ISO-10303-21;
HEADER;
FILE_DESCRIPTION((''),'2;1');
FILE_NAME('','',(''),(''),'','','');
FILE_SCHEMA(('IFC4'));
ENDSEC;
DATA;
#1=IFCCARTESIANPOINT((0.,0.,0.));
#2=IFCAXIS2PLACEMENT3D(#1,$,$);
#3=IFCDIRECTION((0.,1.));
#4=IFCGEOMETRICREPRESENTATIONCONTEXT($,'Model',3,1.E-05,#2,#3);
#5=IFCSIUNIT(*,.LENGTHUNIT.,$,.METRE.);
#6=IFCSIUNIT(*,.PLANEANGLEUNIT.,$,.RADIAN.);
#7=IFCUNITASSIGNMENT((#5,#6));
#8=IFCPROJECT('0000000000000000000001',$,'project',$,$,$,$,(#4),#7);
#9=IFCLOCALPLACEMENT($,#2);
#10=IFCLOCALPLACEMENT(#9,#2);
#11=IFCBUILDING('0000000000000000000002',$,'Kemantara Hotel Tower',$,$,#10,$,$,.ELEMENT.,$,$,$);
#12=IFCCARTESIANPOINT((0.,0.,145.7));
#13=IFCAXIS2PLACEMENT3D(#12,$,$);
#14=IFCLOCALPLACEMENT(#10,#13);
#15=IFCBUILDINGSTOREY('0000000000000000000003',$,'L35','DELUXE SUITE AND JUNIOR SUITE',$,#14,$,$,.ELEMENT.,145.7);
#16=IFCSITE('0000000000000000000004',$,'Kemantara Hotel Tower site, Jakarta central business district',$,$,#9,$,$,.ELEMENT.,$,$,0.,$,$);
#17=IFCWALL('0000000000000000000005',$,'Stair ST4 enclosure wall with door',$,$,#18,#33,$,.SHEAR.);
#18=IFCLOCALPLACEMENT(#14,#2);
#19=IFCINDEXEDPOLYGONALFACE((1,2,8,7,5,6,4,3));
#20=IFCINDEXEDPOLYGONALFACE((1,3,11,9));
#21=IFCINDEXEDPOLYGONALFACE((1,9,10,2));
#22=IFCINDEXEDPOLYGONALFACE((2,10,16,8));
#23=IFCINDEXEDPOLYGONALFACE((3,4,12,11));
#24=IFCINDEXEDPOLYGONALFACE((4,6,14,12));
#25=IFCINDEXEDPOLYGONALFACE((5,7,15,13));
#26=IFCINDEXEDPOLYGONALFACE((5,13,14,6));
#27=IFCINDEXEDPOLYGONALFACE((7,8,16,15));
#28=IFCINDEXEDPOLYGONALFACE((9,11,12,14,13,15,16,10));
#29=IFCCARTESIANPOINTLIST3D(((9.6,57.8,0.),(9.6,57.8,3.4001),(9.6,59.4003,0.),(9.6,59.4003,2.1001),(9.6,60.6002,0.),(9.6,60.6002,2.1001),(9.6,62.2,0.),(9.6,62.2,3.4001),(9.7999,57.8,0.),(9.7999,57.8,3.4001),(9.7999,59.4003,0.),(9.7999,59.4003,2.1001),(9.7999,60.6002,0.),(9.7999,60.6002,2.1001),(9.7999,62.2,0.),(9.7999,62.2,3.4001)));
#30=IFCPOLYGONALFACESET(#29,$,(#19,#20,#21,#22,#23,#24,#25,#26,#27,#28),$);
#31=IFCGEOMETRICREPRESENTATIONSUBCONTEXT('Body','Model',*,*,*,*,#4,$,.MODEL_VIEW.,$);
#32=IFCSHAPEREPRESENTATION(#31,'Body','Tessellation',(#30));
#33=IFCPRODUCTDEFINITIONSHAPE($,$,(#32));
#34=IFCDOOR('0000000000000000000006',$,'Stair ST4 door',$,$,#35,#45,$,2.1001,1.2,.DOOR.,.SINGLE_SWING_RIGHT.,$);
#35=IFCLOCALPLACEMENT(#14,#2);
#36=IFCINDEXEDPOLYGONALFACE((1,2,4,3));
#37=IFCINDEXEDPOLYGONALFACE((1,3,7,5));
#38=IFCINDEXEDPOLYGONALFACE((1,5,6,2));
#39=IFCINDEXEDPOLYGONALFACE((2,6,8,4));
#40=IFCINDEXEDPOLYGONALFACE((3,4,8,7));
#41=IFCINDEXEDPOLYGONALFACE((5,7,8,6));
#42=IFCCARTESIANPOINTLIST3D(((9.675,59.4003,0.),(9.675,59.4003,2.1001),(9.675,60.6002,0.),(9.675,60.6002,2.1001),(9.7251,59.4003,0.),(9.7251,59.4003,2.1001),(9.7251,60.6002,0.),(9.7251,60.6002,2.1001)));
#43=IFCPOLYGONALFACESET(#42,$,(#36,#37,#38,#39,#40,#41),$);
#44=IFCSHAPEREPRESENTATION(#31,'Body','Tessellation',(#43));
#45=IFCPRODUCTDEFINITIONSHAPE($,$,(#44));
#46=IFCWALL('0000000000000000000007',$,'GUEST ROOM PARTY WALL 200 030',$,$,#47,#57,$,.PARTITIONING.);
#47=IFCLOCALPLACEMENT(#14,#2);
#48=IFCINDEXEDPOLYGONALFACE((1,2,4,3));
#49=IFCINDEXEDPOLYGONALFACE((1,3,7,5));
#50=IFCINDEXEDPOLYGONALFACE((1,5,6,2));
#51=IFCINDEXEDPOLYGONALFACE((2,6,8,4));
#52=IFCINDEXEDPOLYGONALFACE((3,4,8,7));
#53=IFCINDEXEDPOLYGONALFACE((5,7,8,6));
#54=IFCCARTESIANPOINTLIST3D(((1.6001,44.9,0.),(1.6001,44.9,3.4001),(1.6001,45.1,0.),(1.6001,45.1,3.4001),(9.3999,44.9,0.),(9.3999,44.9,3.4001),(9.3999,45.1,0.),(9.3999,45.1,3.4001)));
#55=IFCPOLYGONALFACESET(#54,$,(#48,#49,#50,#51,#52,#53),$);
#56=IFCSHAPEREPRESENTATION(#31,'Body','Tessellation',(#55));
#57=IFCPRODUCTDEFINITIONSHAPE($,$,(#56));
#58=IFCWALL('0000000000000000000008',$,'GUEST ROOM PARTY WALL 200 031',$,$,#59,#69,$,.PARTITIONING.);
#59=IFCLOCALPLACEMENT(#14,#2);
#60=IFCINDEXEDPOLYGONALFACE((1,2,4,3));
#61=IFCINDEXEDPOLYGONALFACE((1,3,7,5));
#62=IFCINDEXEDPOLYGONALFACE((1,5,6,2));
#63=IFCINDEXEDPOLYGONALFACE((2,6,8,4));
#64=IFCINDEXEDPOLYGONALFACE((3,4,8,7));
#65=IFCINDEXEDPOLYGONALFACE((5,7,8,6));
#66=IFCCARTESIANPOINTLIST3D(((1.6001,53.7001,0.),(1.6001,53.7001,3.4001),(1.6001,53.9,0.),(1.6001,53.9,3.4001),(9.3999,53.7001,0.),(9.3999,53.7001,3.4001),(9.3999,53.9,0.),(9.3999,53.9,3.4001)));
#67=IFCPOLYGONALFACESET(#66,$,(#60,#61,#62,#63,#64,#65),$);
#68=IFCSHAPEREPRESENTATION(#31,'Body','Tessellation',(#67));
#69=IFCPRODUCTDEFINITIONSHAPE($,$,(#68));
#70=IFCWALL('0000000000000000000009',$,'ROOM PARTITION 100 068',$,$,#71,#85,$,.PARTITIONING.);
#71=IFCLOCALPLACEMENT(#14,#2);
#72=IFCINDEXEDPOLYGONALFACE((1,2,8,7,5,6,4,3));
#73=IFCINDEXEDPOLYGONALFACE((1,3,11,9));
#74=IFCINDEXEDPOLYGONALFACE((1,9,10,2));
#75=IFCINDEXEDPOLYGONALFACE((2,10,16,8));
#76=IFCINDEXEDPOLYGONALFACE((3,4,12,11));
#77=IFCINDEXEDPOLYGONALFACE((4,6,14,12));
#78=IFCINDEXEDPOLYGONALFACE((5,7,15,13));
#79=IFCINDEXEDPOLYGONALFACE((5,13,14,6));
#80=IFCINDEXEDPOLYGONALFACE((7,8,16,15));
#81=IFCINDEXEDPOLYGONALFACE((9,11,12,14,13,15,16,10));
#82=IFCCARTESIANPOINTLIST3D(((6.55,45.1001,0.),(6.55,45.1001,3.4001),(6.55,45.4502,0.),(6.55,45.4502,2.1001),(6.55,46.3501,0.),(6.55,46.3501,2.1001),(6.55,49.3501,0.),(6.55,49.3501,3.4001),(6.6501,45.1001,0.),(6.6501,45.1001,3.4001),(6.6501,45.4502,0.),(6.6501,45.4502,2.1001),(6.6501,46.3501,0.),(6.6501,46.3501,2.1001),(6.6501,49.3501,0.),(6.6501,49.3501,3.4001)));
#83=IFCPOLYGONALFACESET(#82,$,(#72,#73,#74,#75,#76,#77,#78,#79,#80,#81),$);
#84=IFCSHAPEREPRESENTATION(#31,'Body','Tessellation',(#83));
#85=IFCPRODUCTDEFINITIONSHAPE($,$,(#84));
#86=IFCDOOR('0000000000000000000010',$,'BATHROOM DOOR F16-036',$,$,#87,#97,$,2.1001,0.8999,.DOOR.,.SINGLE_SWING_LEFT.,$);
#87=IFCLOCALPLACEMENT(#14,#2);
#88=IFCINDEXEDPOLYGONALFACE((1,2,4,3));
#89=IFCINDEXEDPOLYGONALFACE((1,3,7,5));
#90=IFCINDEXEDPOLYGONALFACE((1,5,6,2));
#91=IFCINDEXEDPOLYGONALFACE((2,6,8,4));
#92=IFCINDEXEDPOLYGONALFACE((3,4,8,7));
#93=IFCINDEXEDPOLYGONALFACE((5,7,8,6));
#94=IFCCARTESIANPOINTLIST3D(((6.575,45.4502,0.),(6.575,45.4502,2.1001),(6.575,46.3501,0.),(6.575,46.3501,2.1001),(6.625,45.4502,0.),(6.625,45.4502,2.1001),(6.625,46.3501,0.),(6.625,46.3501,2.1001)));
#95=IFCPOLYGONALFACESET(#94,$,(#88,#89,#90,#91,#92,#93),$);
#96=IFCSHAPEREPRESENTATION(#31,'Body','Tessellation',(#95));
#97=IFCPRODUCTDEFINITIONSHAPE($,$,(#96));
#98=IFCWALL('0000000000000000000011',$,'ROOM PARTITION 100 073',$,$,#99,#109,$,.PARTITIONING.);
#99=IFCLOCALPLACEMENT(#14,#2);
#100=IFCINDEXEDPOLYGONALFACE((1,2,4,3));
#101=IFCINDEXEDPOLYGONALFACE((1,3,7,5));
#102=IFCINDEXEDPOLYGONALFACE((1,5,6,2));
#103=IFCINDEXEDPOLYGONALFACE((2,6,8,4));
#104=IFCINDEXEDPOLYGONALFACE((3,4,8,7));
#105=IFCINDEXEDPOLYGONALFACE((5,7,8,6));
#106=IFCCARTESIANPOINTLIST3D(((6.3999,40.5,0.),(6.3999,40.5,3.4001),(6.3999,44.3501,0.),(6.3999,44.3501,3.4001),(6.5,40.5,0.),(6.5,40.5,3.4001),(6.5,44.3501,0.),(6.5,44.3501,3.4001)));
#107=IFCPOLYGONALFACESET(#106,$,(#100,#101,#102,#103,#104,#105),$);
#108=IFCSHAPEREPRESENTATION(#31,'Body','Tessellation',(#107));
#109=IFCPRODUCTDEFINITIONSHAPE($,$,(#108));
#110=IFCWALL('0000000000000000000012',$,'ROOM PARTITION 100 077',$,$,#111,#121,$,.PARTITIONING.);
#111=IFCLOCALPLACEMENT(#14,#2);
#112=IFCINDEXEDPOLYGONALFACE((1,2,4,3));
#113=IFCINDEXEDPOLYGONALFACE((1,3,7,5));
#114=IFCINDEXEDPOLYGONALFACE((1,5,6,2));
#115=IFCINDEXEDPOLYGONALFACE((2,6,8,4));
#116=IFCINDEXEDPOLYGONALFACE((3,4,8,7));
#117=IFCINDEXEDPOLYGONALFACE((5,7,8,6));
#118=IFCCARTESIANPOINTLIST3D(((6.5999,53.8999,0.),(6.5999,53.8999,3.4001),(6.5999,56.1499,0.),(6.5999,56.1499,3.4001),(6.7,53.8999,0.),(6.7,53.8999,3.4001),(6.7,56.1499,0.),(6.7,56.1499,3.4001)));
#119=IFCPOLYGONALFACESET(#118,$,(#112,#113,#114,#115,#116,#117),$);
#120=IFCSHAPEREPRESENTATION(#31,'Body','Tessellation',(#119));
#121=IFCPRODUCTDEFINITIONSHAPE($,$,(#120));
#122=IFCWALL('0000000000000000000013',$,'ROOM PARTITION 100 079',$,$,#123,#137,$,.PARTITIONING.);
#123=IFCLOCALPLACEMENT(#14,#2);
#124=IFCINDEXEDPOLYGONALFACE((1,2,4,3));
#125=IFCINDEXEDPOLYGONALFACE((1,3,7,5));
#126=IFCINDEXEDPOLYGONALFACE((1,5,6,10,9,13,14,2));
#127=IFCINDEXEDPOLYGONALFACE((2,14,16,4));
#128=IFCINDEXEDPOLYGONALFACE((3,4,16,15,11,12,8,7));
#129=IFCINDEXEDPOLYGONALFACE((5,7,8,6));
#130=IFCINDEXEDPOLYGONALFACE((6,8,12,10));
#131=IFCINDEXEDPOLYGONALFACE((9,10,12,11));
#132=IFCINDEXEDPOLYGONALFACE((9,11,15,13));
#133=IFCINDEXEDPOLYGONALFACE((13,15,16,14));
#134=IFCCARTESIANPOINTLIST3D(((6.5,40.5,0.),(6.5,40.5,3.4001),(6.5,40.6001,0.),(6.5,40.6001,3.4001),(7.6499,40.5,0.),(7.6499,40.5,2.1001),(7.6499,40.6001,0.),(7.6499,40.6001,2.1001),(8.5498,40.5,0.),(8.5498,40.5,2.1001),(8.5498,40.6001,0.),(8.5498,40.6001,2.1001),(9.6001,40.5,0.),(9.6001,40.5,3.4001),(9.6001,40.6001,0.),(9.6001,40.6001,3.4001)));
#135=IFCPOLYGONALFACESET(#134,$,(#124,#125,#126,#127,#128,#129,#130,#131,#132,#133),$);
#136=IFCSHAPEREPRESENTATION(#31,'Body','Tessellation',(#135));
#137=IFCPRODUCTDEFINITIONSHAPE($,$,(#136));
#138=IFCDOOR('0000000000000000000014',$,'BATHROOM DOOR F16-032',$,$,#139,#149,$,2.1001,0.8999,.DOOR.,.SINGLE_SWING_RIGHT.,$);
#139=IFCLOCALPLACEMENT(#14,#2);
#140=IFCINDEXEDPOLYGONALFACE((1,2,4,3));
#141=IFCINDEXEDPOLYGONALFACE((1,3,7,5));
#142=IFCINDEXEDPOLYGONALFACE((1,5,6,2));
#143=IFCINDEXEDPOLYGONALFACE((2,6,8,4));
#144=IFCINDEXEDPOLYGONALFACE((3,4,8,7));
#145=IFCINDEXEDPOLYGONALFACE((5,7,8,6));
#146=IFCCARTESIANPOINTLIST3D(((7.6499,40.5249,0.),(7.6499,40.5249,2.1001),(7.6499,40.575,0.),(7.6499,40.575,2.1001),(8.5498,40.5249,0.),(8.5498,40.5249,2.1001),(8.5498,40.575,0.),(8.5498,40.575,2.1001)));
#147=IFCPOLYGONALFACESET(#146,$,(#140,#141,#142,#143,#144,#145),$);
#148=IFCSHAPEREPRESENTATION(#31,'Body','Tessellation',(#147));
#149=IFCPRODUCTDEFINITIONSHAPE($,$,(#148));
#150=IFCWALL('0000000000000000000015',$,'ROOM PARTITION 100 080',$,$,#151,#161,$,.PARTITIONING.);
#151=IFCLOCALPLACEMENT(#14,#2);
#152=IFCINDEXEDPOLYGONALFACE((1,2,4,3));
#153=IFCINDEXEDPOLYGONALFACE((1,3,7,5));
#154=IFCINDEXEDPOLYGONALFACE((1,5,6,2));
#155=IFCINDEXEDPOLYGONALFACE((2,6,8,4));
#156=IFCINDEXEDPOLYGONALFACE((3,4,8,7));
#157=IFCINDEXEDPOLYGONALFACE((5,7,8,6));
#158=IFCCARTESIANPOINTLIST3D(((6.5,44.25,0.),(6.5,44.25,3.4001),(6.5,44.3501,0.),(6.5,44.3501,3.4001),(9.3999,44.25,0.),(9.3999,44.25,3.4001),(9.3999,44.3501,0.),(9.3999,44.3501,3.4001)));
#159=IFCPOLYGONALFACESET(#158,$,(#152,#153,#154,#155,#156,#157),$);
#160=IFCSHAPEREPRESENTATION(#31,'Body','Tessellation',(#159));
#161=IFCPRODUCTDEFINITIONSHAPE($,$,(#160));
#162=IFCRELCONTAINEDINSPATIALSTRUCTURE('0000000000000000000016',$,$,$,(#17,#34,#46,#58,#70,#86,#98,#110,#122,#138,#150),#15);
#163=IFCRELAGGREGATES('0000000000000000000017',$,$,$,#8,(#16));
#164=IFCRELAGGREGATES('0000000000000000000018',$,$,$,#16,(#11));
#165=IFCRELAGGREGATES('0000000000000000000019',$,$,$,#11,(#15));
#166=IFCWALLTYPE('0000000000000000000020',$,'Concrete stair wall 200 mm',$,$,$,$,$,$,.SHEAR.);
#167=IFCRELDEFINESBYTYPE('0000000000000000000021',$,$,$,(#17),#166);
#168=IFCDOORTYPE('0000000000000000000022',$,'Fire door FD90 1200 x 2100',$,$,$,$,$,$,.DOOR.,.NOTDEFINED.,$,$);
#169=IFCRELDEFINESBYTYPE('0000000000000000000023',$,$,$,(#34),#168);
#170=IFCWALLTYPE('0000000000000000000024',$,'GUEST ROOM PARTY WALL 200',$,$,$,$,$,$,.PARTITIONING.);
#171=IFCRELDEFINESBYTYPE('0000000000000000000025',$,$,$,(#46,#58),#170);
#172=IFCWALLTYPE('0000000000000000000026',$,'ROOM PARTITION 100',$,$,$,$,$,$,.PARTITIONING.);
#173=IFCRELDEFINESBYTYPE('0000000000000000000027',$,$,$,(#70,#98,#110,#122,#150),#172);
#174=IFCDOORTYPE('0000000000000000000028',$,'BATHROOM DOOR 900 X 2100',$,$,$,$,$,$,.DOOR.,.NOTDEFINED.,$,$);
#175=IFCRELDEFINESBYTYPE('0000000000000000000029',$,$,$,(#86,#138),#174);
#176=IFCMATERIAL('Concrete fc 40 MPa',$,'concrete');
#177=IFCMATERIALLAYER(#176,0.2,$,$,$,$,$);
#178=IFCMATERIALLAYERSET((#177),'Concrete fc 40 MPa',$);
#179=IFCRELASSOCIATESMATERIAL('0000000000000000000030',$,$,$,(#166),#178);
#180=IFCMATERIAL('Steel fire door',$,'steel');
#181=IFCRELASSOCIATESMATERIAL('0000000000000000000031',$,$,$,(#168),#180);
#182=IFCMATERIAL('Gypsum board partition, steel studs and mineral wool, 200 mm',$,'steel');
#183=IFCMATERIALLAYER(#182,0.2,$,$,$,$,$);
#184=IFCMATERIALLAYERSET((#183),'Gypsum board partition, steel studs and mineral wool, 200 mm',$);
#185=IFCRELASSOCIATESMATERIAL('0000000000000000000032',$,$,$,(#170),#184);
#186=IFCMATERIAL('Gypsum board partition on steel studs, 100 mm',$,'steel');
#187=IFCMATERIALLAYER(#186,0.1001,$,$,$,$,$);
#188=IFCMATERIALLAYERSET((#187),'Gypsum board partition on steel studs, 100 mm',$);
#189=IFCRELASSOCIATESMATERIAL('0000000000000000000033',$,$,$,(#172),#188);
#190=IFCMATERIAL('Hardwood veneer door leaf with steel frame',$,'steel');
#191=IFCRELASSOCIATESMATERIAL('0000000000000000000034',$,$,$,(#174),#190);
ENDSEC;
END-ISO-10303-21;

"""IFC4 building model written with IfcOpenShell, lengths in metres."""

from ifc_helpers import new_model, si_unit, direction, frame, frame_2d, origin, place, context, subcontext, project, spatial, rectangle, extrude, material, layer, layer_set, type_object, element, fill, save


model = new_model("IFC4")

# Units and contexts
model_context = context("Model", 3, precision=1e-05, world=origin(), true_north=direction((0.0, 1.0)))
body_context = subcontext(model_context, "Body", "Model", "MODEL_VIEW")
ifc_project = project(units=[si_unit("LENGTHUNIT", "METRE"), si_unit("PLANEANGLEUNIT", "RADIAN")], contexts=[model_context])

# Site, building, storey
site_placement = place(None, origin())
site = spatial("IfcSite", under=ifc_project, at=site_placement, Name="Kemantara Hotel Tower site, Jakarta central business district", CompositionType="ELEMENT", RefElevation=0.0)
building_placement = place(site_placement, origin())
building = spatial("IfcBuilding", under=site, at=building_placement, Name="Kemantara Hotel Tower", CompositionType="ELEMENT")
storey_placement = place(building_placement, frame((0.0, 0.0, 145.7)))
storey = spatial("IfcBuildingStorey", under=building, at=storey_placement, Name="L35", Description="DELUXE SUITE AND JUNIOR SUITE", CompositionType="ELEMENT", Elevation=145.7)

# Wall, opening, door
ifc_material_1 = material(Name="Gypsum board partition, steel studs and mineral wool, 200 mm", Category="steel")
ifc_material_2 = material(Name="Hardwood veneer door leaf with steel frame", Category="steel")
ifc_material_3 = material(Name="Concrete fc 40 MPa", Category="concrete")
ifc_layer_1 = layer(ifc_material_3, 0.2)
ifc_layer_set_1 = layer_set([ifc_layer_1], Name="Concrete fc 40 MPa")
wall_type_1 = type_object("IfcWallType", Name="Concrete stair wall 200 mm", PredefinedType="SHEAR", material=ifc_layer_set_1)
wall_1_placement = place(storey_placement, frame((9.7, 57.8, 0.0), z_axis=(0.0, 0.0, 1.0), x_axis=(0.0, 1.0, 0.0)))
wall_1 = element("IfcWall", 1, at=wall_1_placement, inside=storey, type_object=wall_type_1, Name="Stair ST4 enclosure wall with door", PredefinedType="SHEAR", context=body_context, shape_type="SweptSolid", body=[
    extrude(rectangle(XDim=4.3999, YDim=0.2, at=frame_2d((2.2, 0.0))), origin(), (0.0, 0.0, 1.0), 3.4001),
])
opening_1_placement = place(wall_1_placement, frame((1.6001, 0.0, 0.0)))
opening_1 = element("IfcOpeningElement", 2, at=opening_1_placement, cuts=wall_1, PredefinedType="OPENING", context=body_context, shape_type="SweptSolid", body=[
    extrude(rectangle(XDim=1.2, YDim=2.1001, at=frame_2d((0.6001, 1.05))), frame((0.0, 0.1099, 0.0), z_axis=(0.0, -1.0, 0.0), x_axis=(1.0, 0.0, 0.0)), (0.0, 0.0, 1.0), 0.22),
])
ifc_material_4 = material(Name="Steel fire door", Category="steel")
door_type_1 = type_object("IfcDoorType", Name="Fire door FD90 1200 x 2100", OperationType="NOTDEFINED", PredefinedType="DOOR", material=ifc_material_4)
door_1_placement = place(opening_1_placement, origin())
door_1 = element("IfcDoor", 3, at=door_1_placement, inside=storey, type_object=door_type_1, Name="Stair ST4 door", OperationType="SINGLE_SWING_RIGHT", OverallHeight=2.1001, OverallWidth=1.2, PredefinedType="DOOR", context=body_context, shape_type="SweptSolid", body=[
    extrude(rectangle(XDim=1.2, YDim=2.1001, at=frame_2d((0.6001, 1.05))), frame((0.0, 0.0249, 0.0), z_axis=(0.0, -1.0, 0.0), x_axis=(1.0, 0.0, 0.0)), (0.0, 0.0, 1.0), 0.05),
])
fill(opening_1, door_1)

# Walls
ifc_layer_2 = layer(ifc_material_1, 0.2)
ifc_layer_set_2 = layer_set([ifc_layer_2], Name="Gypsum board partition, steel studs and mineral wool, 200 mm")
wall_type_2 = type_object("IfcWallType", Name="GUEST ROOM PARTY WALL 200", PredefinedType="PARTITIONING", material=ifc_layer_set_2)
for number, where, z_axis, x_axis, name in (
    (4, (1.6001, 45.0, 0.0), (0.0, 0.0, 1.0), (1.0, 0.0, 0.0), "GUEST ROOM PARTY WALL 200 030"),
    (5, (1.6001, 53.8, 0.0), (0.0, 0.0, 1.0), (1.0, 0.0, 0.0), "GUEST ROOM PARTY WALL 200 031"),
):
    element("IfcWall", number, at=place(storey_placement, frame(where, z_axis=z_axis, x_axis=x_axis)), inside=storey, type_object=wall_type_2, Name=name, PredefinedType="PARTITIONING", context=body_context, shape_type="SweptSolid", body=[
        extrude(rectangle(XDim=7.7998, YDim=0.2, at=frame_2d((3.8999, 0.0))), origin(), (0.0, 0.0, 1.0), 3.4001),
    ])

# Wall, opening, door
ifc_material_5 = material(Name="Gypsum board partition on steel studs, 100 mm", Category="steel")
ifc_layer_3 = layer(ifc_material_5, 0.1001)
ifc_layer_set_3 = layer_set([ifc_layer_3], Name="Gypsum board partition on steel studs, 100 mm")
wall_type_3 = type_object("IfcWallType", Name="ROOM PARTITION 100", PredefinedType="PARTITIONING", material=ifc_layer_set_3)
wall_2_placement = place(storey_placement, frame((6.6001, 49.3501, 0.0), z_axis=(0.0, 0.0, 1.0), x_axis=(0.0, -1.0, 0.0)))
wall_2 = element("IfcWall", 6, at=wall_2_placement, inside=storey, type_object=wall_type_3, Name="ROOM PARTITION 100 068", PredefinedType="PARTITIONING", context=body_context, shape_type="SweptSolid", body=[
    extrude(rectangle(XDim=4.25, YDim=0.1001, at=frame_2d((2.125, 0.0))), origin(), (0.0, 0.0, 1.0), 3.4001),
])
opening_2_placement = place(wall_2_placement, frame((3.0, 0.0, 0.0)))
opening_2 = element("IfcOpeningElement", 7, at=opening_2_placement, cuts=wall_2, PredefinedType="OPENING", context=body_context, shape_type="SweptSolid", body=[
    extrude(rectangle(XDim=0.8999, YDim=2.1001, at=frame_2d((0.45, 1.05))), frame((0.0, 0.0601, 0.0), z_axis=(0.0, -1.0, 0.0), x_axis=(1.0, 0.0, 0.0)), (0.0, 0.0, 1.0), 0.1201),
])
door_type_2 = type_object("IfcDoorType", Name="BATHROOM DOOR 900 X 2100", OperationType="NOTDEFINED", PredefinedType="DOOR", material=ifc_material_2)
door_2_placement = place(opening_2_placement, origin())
door_2 = element("IfcDoor", 8, at=door_2_placement, inside=storey, type_object=door_type_2, Name="BATHROOM DOOR F16-036", OperationType="SINGLE_SWING_LEFT", OverallHeight=2.1001, OverallWidth=0.8999, PredefinedType="DOOR", context=body_context, shape_type="SweptSolid", body=[
    extrude(rectangle(XDim=0.8999, YDim=2.1001, at=frame_2d((0.45, 1.05))), frame((0.0, 0.0249, 0.0), z_axis=(0.0, -1.0, 0.0), x_axis=(1.0, 0.0, 0.0)), (0.0, 0.0, 1.0), 0.05),
])
fill(opening_2, door_2)

# Walls
wall_3_placement = place(storey_placement, frame((6.45, 40.5, 0.0), z_axis=(0.0, 0.0, 1.0), x_axis=(0.0, 1.0, 0.0)))
element("IfcWall", 9, at=wall_3_placement, inside=storey, type_object=wall_type_3, Name="ROOM PARTITION 100 073", PredefinedType="PARTITIONING", context=body_context, shape_type="SweptSolid", body=[
    extrude(rectangle(XDim=3.8501, YDim=0.1001, at=frame_2d((1.925, 0.0))), origin(), (0.0, 0.0, 1.0), 3.4001),
])
wall_4_placement = place(storey_placement, frame((6.6499, 53.8999, 0.0), z_axis=(0.0, 0.0, 1.0), x_axis=(0.0, 1.0, 0.0)))
element("IfcWall", 10, at=wall_4_placement, inside=storey, type_object=wall_type_3, Name="ROOM PARTITION 100 077", PredefinedType="PARTITIONING", context=body_context, shape_type="SweptSolid", body=[
    extrude(rectangle(XDim=2.25, YDim=0.1001, at=frame_2d((1.125, 0.0))), origin(), (0.0, 0.0, 1.0), 3.4001),
])

# Wall, opening, door
wall_5_placement = place(storey_placement, frame((6.5, 40.55, 0.0), z_axis=(0.0, 0.0, 1.0), x_axis=(1.0, 0.0, 0.0)))
wall_5 = element("IfcWall", 11, at=wall_5_placement, inside=storey, type_object=wall_type_3, Name="ROOM PARTITION 100 079", PredefinedType="PARTITIONING", context=body_context, shape_type="SweptSolid", body=[
    extrude(rectangle(XDim=3.1001, YDim=0.1001, at=frame_2d((1.55, 0.0))), origin(), (0.0, 0.0, 1.0), 3.4001),
])
opening_3_placement = place(wall_5_placement, frame((1.1499, 0.0, 0.0)))
opening_3 = element("IfcOpeningElement", 12, at=opening_3_placement, cuts=wall_5, PredefinedType="OPENING", context=body_context, shape_type="SweptSolid", body=[
    extrude(rectangle(XDim=0.8999, YDim=2.1001, at=frame_2d((0.45, 1.05))), frame((0.0, 0.0601, 0.0), z_axis=(0.0, -1.0, 0.0), x_axis=(1.0, 0.0, 0.0)), (0.0, 0.0, 1.0), 0.1201),
])
door_3_placement = place(opening_3_placement, origin())
door_3 = element("IfcDoor", 13, at=door_3_placement, inside=storey, type_object=door_type_2, Name="BATHROOM DOOR F16-032", OperationType="SINGLE_SWING_RIGHT", OverallHeight=2.1001, OverallWidth=0.8999, PredefinedType="DOOR", context=body_context, shape_type="SweptSolid", body=[
    extrude(rectangle(XDim=0.8999, YDim=2.1001, at=frame_2d((0.45, 1.05))), frame((0.0, 0.0249, 0.0), z_axis=(0.0, -1.0, 0.0), x_axis=(1.0, 0.0, 0.0)), (0.0, 0.0, 1.0), 0.05),
])
fill(opening_3, door_3)

# Wall
wall_6_placement = place(storey_placement, frame((6.5, 44.3, 0.0), z_axis=(0.0, 0.0, 1.0), x_axis=(1.0, 0.0, 0.0)))
element("IfcWall", 14, at=wall_6_placement, inside=storey, type_object=wall_type_3, Name="ROOM PARTITION 100 080", PredefinedType="PARTITIONING", context=body_context, shape_type="SweptSolid", body=[
    extrude(rectangle(XDim=2.8999, YDim=0.1001, at=frame_2d((1.45, 0.0))), origin(), (0.0, 0.0, 1.0), 3.4001),
])

save(model, "model.ifc")
